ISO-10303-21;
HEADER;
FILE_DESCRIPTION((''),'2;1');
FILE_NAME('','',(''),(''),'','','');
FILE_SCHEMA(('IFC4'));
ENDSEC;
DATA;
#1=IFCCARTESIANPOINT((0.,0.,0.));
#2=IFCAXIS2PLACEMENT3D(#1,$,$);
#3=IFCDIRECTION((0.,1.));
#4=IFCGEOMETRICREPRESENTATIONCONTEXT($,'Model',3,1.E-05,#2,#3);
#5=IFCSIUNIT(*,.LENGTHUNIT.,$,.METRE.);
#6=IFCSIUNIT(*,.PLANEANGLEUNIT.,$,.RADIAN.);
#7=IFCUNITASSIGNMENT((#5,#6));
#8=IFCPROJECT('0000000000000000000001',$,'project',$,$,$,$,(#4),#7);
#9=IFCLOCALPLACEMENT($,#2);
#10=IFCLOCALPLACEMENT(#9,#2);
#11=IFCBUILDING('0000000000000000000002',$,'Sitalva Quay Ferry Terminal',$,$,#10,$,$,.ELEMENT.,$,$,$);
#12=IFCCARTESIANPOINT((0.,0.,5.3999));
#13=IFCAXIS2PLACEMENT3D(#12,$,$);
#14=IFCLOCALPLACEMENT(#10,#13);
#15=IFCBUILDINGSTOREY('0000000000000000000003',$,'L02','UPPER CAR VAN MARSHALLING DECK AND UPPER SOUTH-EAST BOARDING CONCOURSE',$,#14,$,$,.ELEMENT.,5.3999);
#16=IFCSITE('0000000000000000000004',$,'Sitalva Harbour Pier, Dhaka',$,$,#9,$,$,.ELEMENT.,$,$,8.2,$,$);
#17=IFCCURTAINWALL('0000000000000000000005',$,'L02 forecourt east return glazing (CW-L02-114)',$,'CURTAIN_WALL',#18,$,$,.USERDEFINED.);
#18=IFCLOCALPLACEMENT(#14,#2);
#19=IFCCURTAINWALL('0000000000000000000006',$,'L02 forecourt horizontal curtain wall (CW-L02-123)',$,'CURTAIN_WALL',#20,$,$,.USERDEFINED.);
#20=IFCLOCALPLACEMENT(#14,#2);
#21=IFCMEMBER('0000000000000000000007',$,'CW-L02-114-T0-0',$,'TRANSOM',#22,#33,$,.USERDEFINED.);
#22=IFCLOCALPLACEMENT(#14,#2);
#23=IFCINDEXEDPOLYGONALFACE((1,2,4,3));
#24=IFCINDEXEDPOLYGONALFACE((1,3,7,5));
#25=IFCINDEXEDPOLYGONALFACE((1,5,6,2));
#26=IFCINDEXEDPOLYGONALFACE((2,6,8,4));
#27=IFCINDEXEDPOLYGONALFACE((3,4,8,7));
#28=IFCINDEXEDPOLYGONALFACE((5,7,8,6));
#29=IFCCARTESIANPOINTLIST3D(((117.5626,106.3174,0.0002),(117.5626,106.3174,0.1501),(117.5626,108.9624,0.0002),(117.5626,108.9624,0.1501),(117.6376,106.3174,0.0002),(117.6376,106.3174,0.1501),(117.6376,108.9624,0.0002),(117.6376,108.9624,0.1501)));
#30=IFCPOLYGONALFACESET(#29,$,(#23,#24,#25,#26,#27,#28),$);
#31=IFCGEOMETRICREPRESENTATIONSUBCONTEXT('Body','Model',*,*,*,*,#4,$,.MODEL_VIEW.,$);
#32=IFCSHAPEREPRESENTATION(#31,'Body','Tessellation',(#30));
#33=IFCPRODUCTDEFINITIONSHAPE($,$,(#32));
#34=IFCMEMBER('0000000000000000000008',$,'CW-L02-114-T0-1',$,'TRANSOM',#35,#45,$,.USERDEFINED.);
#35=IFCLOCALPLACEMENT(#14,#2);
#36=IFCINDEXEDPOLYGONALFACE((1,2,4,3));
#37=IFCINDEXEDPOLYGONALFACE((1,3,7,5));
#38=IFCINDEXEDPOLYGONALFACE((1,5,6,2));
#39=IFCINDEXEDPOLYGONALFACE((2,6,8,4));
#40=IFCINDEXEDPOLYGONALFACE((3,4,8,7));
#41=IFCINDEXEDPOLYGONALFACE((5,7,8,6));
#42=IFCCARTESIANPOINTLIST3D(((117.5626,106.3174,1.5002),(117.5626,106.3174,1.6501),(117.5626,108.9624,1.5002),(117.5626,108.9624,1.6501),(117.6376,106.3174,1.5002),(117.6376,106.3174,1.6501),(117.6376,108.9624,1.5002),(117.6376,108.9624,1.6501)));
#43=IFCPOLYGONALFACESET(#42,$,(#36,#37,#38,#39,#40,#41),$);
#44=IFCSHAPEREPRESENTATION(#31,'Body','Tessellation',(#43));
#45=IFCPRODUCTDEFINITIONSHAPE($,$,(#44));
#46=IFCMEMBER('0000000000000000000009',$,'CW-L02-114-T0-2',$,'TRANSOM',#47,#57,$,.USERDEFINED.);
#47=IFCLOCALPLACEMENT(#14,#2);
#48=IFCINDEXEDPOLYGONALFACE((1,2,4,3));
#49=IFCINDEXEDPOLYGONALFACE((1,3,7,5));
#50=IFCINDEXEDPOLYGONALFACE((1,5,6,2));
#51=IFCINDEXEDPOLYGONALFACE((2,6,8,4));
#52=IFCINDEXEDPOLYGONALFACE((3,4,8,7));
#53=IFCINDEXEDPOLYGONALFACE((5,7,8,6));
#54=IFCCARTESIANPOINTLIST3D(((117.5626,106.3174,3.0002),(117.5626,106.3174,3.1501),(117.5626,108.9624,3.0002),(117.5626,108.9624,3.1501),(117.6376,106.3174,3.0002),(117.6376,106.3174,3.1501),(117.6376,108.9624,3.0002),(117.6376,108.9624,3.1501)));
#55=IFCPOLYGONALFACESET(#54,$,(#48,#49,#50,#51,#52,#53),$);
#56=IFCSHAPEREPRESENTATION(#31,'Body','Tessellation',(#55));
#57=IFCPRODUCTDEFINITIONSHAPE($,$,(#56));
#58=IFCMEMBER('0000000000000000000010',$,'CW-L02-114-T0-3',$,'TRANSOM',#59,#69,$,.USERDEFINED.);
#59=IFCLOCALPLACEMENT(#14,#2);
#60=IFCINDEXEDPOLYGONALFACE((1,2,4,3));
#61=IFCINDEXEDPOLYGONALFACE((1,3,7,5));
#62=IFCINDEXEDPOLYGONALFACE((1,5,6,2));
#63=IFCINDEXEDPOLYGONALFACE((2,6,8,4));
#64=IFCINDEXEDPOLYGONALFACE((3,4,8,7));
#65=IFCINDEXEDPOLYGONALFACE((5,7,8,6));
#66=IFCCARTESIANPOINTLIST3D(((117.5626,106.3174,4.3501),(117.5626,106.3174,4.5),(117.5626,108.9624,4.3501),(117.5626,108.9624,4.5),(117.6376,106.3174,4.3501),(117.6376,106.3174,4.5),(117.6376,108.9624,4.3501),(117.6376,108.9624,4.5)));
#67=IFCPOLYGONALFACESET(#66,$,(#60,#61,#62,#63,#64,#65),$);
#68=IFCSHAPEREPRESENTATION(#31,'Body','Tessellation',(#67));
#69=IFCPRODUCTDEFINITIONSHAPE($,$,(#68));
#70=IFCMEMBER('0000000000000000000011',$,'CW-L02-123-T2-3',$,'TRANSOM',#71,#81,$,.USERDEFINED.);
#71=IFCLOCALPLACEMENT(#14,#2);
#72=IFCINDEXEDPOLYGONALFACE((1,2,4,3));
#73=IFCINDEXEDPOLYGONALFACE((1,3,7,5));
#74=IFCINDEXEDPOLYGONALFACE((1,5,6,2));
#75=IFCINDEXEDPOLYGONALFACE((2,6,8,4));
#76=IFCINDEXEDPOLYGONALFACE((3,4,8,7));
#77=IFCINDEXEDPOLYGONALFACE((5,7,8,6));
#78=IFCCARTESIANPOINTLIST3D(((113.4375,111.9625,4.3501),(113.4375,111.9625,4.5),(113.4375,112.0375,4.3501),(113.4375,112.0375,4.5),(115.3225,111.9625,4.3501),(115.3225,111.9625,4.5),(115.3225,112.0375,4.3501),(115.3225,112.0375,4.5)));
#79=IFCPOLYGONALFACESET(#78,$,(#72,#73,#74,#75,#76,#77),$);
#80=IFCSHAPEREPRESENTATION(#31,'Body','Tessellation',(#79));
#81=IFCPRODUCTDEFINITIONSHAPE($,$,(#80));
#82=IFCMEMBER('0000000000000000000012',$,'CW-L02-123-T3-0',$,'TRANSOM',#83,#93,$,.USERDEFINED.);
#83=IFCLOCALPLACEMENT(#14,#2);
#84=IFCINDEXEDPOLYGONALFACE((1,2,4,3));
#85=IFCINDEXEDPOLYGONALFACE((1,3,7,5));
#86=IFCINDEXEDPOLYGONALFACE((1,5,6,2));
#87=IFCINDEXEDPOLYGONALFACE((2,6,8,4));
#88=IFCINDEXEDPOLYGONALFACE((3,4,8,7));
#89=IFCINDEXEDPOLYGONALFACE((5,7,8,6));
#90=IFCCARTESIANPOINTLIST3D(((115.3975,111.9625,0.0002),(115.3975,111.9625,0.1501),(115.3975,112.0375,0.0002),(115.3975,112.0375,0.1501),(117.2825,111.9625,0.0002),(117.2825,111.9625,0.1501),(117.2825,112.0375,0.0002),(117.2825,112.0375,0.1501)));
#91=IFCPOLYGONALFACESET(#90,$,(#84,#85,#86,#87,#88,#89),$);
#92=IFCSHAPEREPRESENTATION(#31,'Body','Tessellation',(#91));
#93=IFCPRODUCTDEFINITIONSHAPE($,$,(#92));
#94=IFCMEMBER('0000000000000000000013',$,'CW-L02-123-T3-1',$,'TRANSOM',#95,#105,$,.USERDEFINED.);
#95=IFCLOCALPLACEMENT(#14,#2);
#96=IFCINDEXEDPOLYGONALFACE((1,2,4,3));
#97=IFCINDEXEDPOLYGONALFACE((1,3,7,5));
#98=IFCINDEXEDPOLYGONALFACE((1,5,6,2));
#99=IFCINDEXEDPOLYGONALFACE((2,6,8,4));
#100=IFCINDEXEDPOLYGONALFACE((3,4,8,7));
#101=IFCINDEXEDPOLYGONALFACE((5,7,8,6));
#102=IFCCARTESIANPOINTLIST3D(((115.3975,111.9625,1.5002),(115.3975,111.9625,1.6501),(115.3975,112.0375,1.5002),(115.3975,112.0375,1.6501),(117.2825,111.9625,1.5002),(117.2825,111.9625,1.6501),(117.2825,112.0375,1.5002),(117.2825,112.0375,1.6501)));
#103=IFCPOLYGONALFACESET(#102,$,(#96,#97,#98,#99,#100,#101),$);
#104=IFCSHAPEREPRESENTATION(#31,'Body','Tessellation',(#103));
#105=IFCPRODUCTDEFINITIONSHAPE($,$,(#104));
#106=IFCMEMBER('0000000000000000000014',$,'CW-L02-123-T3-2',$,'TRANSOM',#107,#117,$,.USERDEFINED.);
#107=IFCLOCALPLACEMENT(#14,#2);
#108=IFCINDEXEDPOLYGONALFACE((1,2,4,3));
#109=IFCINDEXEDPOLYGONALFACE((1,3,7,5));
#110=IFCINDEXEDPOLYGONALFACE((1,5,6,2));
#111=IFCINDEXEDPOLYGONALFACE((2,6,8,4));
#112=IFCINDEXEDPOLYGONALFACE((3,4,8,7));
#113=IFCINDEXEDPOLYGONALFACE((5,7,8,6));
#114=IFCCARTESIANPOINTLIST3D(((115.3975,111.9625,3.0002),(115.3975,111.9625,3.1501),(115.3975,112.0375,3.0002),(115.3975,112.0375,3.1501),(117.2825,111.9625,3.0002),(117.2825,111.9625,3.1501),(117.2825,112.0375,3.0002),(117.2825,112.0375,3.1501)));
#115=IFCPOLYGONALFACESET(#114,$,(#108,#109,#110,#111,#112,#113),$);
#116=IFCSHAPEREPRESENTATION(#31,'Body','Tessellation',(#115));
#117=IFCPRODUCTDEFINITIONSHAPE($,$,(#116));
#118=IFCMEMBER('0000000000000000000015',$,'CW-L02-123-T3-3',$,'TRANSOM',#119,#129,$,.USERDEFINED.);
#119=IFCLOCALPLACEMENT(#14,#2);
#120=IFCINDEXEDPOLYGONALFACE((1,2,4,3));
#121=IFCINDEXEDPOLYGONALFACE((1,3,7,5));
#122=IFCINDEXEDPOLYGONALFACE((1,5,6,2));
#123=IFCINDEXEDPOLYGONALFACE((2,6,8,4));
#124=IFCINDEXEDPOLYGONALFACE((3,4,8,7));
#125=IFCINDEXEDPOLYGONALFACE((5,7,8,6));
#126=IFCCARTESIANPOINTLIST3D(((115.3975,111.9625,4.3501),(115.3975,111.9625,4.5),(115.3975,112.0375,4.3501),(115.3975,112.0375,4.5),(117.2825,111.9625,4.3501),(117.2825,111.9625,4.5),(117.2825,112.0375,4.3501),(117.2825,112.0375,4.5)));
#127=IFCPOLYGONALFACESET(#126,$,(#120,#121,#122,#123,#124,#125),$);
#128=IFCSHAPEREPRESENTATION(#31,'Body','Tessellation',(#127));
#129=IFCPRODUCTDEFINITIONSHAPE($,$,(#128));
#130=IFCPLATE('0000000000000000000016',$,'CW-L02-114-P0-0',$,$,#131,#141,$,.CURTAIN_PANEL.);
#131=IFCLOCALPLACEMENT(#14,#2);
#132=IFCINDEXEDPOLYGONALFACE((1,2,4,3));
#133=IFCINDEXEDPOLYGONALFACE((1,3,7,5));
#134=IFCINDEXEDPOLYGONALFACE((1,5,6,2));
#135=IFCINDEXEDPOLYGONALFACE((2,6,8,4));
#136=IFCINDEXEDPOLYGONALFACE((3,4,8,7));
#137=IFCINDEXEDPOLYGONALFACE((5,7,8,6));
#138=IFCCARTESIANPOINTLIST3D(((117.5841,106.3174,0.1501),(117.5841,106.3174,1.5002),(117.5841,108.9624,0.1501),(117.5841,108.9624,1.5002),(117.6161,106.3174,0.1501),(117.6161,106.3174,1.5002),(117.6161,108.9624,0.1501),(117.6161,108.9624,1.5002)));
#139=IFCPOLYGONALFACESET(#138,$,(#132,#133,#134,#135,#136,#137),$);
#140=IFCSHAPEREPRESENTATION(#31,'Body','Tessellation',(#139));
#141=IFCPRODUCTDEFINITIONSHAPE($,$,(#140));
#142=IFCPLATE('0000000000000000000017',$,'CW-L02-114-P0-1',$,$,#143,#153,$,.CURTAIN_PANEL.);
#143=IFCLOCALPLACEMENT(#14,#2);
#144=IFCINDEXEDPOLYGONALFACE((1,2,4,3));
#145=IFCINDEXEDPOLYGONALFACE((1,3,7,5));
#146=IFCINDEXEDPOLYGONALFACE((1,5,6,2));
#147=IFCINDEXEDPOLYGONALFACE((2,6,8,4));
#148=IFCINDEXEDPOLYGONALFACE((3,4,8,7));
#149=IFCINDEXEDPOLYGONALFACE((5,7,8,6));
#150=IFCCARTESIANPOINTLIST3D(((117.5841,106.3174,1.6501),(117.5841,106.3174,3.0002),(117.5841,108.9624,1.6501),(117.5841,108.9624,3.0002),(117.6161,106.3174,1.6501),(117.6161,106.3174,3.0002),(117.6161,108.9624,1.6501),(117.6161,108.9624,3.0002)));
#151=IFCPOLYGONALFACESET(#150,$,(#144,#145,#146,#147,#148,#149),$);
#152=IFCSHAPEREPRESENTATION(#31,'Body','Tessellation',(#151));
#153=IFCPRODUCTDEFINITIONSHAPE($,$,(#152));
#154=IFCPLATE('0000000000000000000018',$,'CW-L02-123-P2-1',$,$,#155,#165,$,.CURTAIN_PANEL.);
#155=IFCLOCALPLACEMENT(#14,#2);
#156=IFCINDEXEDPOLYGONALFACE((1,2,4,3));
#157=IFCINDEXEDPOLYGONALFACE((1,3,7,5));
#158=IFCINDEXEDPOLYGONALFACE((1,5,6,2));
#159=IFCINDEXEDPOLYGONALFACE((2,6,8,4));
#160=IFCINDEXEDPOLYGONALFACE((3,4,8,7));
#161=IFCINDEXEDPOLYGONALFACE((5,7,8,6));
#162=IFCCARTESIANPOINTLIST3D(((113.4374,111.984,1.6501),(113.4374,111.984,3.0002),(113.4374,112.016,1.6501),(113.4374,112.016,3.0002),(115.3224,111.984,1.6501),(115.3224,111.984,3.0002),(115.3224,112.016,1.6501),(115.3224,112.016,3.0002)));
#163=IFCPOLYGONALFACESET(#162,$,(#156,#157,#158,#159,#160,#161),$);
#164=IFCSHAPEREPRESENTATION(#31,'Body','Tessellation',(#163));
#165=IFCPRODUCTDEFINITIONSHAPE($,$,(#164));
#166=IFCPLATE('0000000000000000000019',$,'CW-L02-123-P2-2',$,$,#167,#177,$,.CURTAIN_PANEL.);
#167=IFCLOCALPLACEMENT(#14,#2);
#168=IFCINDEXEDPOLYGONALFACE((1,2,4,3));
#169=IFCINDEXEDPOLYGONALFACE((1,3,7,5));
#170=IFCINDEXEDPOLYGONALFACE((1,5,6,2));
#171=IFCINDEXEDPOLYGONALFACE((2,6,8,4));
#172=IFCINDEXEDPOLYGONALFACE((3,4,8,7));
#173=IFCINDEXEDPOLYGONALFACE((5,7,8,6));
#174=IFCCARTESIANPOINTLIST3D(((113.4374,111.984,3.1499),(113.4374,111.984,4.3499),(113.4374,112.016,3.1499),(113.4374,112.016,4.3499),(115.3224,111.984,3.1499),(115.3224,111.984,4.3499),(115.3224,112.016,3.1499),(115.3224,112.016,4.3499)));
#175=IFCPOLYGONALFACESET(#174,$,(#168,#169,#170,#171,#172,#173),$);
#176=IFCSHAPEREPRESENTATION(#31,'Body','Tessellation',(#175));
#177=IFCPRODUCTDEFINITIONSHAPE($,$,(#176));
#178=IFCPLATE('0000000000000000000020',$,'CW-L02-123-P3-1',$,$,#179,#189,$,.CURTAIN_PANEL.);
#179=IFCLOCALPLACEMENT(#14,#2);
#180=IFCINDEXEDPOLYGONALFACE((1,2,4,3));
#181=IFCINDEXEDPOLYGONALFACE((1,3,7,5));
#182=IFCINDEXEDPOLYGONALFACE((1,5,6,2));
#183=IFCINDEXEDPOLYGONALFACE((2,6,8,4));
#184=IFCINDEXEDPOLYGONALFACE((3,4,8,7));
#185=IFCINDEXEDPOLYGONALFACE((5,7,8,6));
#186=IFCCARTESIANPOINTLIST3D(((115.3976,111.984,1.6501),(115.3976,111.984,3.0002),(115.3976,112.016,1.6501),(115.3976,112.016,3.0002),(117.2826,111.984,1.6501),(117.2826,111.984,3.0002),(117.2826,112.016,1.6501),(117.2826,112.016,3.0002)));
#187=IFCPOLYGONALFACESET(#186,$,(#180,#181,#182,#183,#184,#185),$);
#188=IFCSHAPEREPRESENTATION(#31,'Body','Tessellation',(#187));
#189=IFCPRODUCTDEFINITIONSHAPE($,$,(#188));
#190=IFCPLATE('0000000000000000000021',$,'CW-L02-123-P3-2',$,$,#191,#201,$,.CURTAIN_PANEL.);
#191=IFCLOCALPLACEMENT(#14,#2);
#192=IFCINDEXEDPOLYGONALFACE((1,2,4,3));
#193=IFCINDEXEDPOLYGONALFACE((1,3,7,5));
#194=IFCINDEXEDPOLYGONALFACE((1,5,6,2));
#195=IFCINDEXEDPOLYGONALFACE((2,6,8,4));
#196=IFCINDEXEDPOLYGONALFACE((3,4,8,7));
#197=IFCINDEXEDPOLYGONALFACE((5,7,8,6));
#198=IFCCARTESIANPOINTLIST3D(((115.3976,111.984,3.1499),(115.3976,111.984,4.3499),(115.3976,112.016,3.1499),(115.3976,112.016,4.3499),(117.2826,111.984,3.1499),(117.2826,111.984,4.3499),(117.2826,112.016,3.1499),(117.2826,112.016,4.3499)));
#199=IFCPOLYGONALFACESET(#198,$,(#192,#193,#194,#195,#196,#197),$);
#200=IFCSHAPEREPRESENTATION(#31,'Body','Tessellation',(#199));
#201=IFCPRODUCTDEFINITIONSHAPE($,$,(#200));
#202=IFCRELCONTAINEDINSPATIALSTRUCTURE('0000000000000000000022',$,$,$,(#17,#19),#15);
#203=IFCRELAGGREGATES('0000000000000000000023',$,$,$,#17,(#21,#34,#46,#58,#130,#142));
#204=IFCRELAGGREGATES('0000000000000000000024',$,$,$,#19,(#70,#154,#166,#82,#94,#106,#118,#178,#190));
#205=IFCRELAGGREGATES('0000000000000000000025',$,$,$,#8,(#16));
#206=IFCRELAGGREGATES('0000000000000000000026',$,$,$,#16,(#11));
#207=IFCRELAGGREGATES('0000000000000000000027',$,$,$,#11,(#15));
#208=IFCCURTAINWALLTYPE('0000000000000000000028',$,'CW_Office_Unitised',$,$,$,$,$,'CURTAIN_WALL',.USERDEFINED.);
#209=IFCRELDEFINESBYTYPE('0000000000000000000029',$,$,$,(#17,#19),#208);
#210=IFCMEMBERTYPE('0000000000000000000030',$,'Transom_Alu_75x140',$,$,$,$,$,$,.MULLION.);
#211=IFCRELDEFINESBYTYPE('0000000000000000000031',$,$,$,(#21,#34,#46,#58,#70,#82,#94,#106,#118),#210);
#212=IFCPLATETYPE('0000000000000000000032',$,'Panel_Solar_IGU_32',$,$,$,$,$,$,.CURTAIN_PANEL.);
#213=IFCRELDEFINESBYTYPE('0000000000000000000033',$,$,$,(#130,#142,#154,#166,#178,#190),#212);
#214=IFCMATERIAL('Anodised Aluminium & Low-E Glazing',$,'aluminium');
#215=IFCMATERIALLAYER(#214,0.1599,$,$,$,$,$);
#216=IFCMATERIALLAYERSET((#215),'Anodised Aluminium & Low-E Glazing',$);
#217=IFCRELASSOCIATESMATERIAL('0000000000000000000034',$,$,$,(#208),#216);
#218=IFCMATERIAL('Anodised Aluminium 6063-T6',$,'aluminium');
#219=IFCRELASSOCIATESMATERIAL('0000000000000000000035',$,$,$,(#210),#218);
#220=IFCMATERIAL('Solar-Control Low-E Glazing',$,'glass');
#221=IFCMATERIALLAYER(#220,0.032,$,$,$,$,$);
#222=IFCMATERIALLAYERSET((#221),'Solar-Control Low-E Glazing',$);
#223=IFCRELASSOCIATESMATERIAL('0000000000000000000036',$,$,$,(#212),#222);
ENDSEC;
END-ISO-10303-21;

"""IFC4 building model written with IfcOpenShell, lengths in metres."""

from ifc_helpers import new_model, si_unit, direction, frame, origin, origin_2d, place, context, subcontext, project, spatial, rectangle, extrude, material, layer, layer_set, material_profile, profile_set, type_object, element, aggregate, save


model = new_model("IFC4")

# Units and contexts
model_context = context("Model", 3, precision=1e-05, world=origin(), true_north=direction((0.0, 1.0)))
body_context = subcontext(model_context, "Body", "Model", "MODEL_VIEW")
ifc_project = project(units=[si_unit("LENGTHUNIT", "METRE"), si_unit("PLANEANGLEUNIT", "RADIAN")], contexts=[model_context])

# Site, building, storey
site_placement = place(None, origin())
site = spatial("IfcSite", under=ifc_project, at=site_placement, Name="Sitalva Harbour Pier, Dhaka", CompositionType="ELEMENT", RefElevation=8.2)
building_placement = place(site_placement, origin())
building = spatial("IfcBuilding", under=site, at=building_placement, Name="Sitalva Quay Ferry Terminal", CompositionType="ELEMENT")
storey_placement = place(building_placement, frame((0.0, 0.0, 5.3999)))
storey = spatial("IfcBuildingStorey", under=building, at=storey_placement, Name="L02", Description="UPPER CAR VAN MARSHALLING DECK AND UPPER SOUTH-EAST BOARDING CONCOURSE", CompositionType="ELEMENT", Elevation=5.3999)

# Curtain wall
ifc_material_1 = material(Name="Anodised Aluminium & Low-E Glazing", Category="aluminium")
ifc_layer_1 = layer(ifc_material_1, 0.1599)
ifc_layer_set_1 = layer_set([ifc_layer_1], Name="Anodised Aluminium & Low-E Glazing")
curtain_wall_type = type_object("IfcCurtainWallType", Name="CW_Office_Unitised", ElementType="CURTAIN_WALL", PredefinedType="USERDEFINED", material=ifc_layer_set_1)
curtain_wall_1_placement = place(storey_placement, origin())
curtain_wall_1 = element("IfcCurtainWall", 1, at=curtain_wall_1_placement, inside=storey, type_object=curtain_wall_type, Name="L02 forecourt east return glazing (CW-L02-114)", ObjectType="CURTAIN_WALL", PredefinedType="USERDEFINED")

# Curtain wall
curtain_wall_2_placement = place(storey_placement, origin())
curtain_wall_2 = element("IfcCurtainWall", 2, at=curtain_wall_2_placement, inside=storey, type_object=curtain_wall_type, Name="L02 forecourt horizontal curtain wall (CW-L02-123)", ObjectType="CURTAIN_WALL", PredefinedType="USERDEFINED")

# Members
ifc_material_2 = material(Name="Anodised Aluminium 6063-T6", Category="aluminium")
ifc_material_profile_1 = material_profile(ifc_material_2, rectangle(XDim=0.075, YDim=0.1499, at=origin_2d()), Name="ALU75x150")
ifc_profile_set_1 = profile_set([ifc_material_profile_1], Name="Anodised Aluminium 6063-T6")
member_type_1 = type_object("IfcMemberType", Name="Transom_Alu_75x140", PredefinedType="MULLION", material=ifc_profile_set_1)
member_1_placement = place(storey_placement, frame((117.6001, 106.3174, 0.0752), z_axis=(0.0, 1.0, 0.0), x_axis=(-1.0, 0.0, 0.0)))
member_1 = element("IfcMember", 3, at=member_1_placement, type_object=member_type_1, Name="CW-L02-114-T0-0", ObjectType="TRANSOM", PredefinedType="USERDEFINED", context=body_context, shape_type="SweptSolid", body=[
    extrude(rectangle(XDim=0.075, YDim=0.1499, at=origin_2d()), origin(), (0.0, 0.0, 1.0), 2.645),
])
member_2_placement = place(storey_placement, frame((117.6001, 106.3174, 1.5752), z_axis=(0.0, 1.0, 0.0), x_axis=(-1.0, 0.0, 0.0)))
member_2 = element("IfcMember", 4, at=member_2_placement, type_object=member_type_1, Name="CW-L02-114-T0-1", ObjectType="TRANSOM", PredefinedType="USERDEFINED", context=body_context, shape_type="SweptSolid", body=[
    extrude(rectangle(XDim=0.075, YDim=0.1499, at=origin_2d()), origin(), (0.0, 0.0, 1.0), 2.645),
])
member_3_placement = place(storey_placement, frame((117.6001, 106.3174, 3.0752), z_axis=(0.0, 1.0, 0.0), x_axis=(-1.0, 0.0, 0.0)))
member_3 = element("IfcMember", 5, at=member_3_placement, type_object=member_type_1, Name="CW-L02-114-T0-2", ObjectType="TRANSOM", PredefinedType="USERDEFINED", context=body_context, shape_type="SweptSolid", body=[
    extrude(rectangle(XDim=0.075, YDim=0.1499, at=origin_2d()), origin(), (0.0, 0.0, 1.0), 2.645),
])
member_4_placement = place(storey_placement, frame((117.6001, 106.3174, 4.425), z_axis=(0.0, 1.0, 0.0), x_axis=(-1.0, 0.0, 0.0)))
member_4 = element("IfcMember", 6, at=member_4_placement, type_object=member_type_1, Name="CW-L02-114-T0-3", ObjectType="TRANSOM", PredefinedType="USERDEFINED", context=body_context, shape_type="SweptSolid", body=[
    extrude(rectangle(XDim=0.075, YDim=0.1499, at=origin_2d()), origin(), (0.0, 0.0, 1.0), 2.645),
])
member_5_placement = place(storey_placement, frame((113.4375, 112.0, 4.425), z_axis=(1.0, 0.0, 0.0), x_axis=(0.0, 1.0, 0.0)))
member_5 = element("IfcMember", 7, at=member_5_placement, type_object=member_type_1, Name="CW-L02-123-T2-3", ObjectType="TRANSOM", PredefinedType="USERDEFINED", context=body_context, shape_type="SweptSolid", body=[
    extrude(rectangle(XDim=0.075, YDim=0.1499, at=origin_2d()), origin(), (0.0, 0.0, 1.0), 1.885),
])
member_6_placement = place(storey_placement, frame((115.3975, 112.0, 0.0752), z_axis=(1.0, 0.0, 0.0), x_axis=(0.0, 1.0, 0.0)))
member_6 = element("IfcMember", 8, at=member_6_placement, type_object=member_type_1, Name="CW-L02-123-T3-0", ObjectType="TRANSOM", PredefinedType="USERDEFINED", context=body_context, shape_type="SweptSolid", body=[
    extrude(rectangle(XDim=0.075, YDim=0.1499, at=origin_2d()), origin(), (0.0, 0.0, 1.0), 1.885),
])
member_7_placement = place(storey_placement, frame((115.3975, 112.0, 1.5752), z_axis=(1.0, 0.0, 0.0), x_axis=(0.0, 1.0, 0.0)))
member_7 = element("IfcMember", 9, at=member_7_placement, type_object=member_type_1, Name="CW-L02-123-T3-1", ObjectType="TRANSOM", PredefinedType="USERDEFINED", context=body_context, shape_type="SweptSolid", body=[
    extrude(rectangle(XDim=0.075, YDim=0.1499, at=origin_2d()), origin(), (0.0, 0.0, 1.0), 1.885),
])
member_8_placement = place(storey_placement, frame((115.3975, 112.0, 3.0752), z_axis=(1.0, 0.0, 0.0), x_axis=(0.0, 1.0, 0.0)))
member_8 = element("IfcMember", 10, at=member_8_placement, type_object=member_type_1, Name="CW-L02-123-T3-2", ObjectType="TRANSOM", PredefinedType="USERDEFINED", context=body_context, shape_type="SweptSolid", body=[
    extrude(rectangle(XDim=0.075, YDim=0.1499, at=origin_2d()), origin(), (0.0, 0.0, 1.0), 1.885),
])
member_9_placement = place(storey_placement, frame((115.3975, 112.0, 4.425), z_axis=(1.0, 0.0, 0.0), x_axis=(0.0, 1.0, 0.0)))
member_9 = element("IfcMember", 11, at=member_9_placement, type_object=member_type_1, Name="CW-L02-123-T3-3", ObjectType="TRANSOM", PredefinedType="USERDEFINED", context=body_context, shape_type="SweptSolid", body=[
    extrude(rectangle(XDim=0.075, YDim=0.1499, at=origin_2d()), origin(), (0.0, 0.0, 1.0), 1.885),
])

# Plates
ifc_material_3 = material(Name="Solar-Control Low-E Glazing", Category="glass")
ifc_layer_2 = layer(ifc_material_3, 0.032)
ifc_layer_set_2 = layer_set([ifc_layer_2], Name="Solar-Control Low-E Glazing")
plate_type_1 = type_object("IfcPlateType", Name="Panel_Solar_IGU_32", PredefinedType="CURTAIN_PANEL", material=ifc_layer_set_2)
plate_1_placement = place(storey_placement, frame((117.6001, 107.6399, 0.1501), z_axis=(0.0, 0.0, 1.0), x_axis=(0.0, 1.0, 0.0)))
plate_1 = element("IfcPlate", 12, at=plate_1_placement, type_object=plate_type_1, Name="CW-L02-114-P0-0", PredefinedType="CURTAIN_PANEL", context=body_context, shape_type="SweptSolid", body=[
    extrude(rectangle(XDim=2.645, YDim=0.032, at=origin_2d()), origin(), (0.0, 0.0, 1.0), 1.3501),
])
plate_2_placement = place(storey_placement, frame((117.6001, 107.6399, 1.6501), z_axis=(0.0, 0.0, 1.0), x_axis=(0.0, 1.0, 0.0)))
plate_2 = element("IfcPlate", 13, at=plate_2_placement, type_object=plate_type_1, Name="CW-L02-114-P0-1", PredefinedType="CURTAIN_PANEL", context=body_context, shape_type="SweptSolid", body=[
    extrude(rectangle(XDim=2.645, YDim=0.032, at=origin_2d()), origin(), (0.0, 0.0, 1.0), 1.3501),
])
aggregate(curtain_wall_1, [member_1, member_2, member_3, member_4, plate_1, plate_2])
plate_3_placement = place(storey_placement, frame((114.3799, 112.0, 1.6501), z_axis=(0.0, 0.0, 1.0), x_axis=(1.0, 0.0, 0.0)))
plate_3 = element("IfcPlate", 14, at=plate_3_placement, type_object=plate_type_1, Name="CW-L02-123-P2-1", PredefinedType="CURTAIN_PANEL", context=body_context, shape_type="SweptSolid", body=[
    extrude(rectangle(XDim=1.885, YDim=0.032, at=origin_2d()), origin(), (0.0, 0.0, 1.0), 1.3501),
])
plate_4_placement = place(storey_placement, frame((114.3799, 112.0, 3.1499), z_axis=(0.0, 0.0, 1.0), x_axis=(1.0, 0.0, 0.0)))
plate_4 = element("IfcPlate", 15, at=plate_4_placement, type_object=plate_type_1, Name="CW-L02-123-P2-2", PredefinedType="CURTAIN_PANEL", context=body_context, shape_type="SweptSolid", body=[
    extrude(rectangle(XDim=1.885, YDim=0.032, at=origin_2d()), origin(), (0.0, 0.0, 1.0), 1.2),
])
plate_5_placement = place(storey_placement, frame((116.3401, 112.0, 1.6501), z_axis=(0.0, 0.0, 1.0), x_axis=(1.0, 0.0, 0.0)))
plate_5 = element("IfcPlate", 16, at=plate_5_placement, type_object=plate_type_1, Name="CW-L02-123-P3-1", PredefinedType="CURTAIN_PANEL", context=body_context, shape_type="SweptSolid", body=[
    extrude(rectangle(XDim=1.885, YDim=0.032, at=origin_2d()), origin(), (0.0, 0.0, 1.0), 1.3501),
])
plate_6_placement = place(storey_placement, frame((116.3401, 112.0, 3.1499), z_axis=(0.0, 0.0, 1.0), x_axis=(1.0, 0.0, 0.0)))
plate_6 = element("IfcPlate", 17, at=plate_6_placement, type_object=plate_type_1, Name="CW-L02-123-P3-2", PredefinedType="CURTAIN_PANEL", context=body_context, shape_type="SweptSolid", body=[
    extrude(rectangle(XDim=1.885, YDim=0.032, at=origin_2d()), origin(), (0.0, 0.0, 1.0), 1.2),
])
aggregate(curtain_wall_2, [member_5, plate_3, plate_4, member_6, member_7, member_8, member_9, plate_5, plate_6])

save(model, "model.ifc")
